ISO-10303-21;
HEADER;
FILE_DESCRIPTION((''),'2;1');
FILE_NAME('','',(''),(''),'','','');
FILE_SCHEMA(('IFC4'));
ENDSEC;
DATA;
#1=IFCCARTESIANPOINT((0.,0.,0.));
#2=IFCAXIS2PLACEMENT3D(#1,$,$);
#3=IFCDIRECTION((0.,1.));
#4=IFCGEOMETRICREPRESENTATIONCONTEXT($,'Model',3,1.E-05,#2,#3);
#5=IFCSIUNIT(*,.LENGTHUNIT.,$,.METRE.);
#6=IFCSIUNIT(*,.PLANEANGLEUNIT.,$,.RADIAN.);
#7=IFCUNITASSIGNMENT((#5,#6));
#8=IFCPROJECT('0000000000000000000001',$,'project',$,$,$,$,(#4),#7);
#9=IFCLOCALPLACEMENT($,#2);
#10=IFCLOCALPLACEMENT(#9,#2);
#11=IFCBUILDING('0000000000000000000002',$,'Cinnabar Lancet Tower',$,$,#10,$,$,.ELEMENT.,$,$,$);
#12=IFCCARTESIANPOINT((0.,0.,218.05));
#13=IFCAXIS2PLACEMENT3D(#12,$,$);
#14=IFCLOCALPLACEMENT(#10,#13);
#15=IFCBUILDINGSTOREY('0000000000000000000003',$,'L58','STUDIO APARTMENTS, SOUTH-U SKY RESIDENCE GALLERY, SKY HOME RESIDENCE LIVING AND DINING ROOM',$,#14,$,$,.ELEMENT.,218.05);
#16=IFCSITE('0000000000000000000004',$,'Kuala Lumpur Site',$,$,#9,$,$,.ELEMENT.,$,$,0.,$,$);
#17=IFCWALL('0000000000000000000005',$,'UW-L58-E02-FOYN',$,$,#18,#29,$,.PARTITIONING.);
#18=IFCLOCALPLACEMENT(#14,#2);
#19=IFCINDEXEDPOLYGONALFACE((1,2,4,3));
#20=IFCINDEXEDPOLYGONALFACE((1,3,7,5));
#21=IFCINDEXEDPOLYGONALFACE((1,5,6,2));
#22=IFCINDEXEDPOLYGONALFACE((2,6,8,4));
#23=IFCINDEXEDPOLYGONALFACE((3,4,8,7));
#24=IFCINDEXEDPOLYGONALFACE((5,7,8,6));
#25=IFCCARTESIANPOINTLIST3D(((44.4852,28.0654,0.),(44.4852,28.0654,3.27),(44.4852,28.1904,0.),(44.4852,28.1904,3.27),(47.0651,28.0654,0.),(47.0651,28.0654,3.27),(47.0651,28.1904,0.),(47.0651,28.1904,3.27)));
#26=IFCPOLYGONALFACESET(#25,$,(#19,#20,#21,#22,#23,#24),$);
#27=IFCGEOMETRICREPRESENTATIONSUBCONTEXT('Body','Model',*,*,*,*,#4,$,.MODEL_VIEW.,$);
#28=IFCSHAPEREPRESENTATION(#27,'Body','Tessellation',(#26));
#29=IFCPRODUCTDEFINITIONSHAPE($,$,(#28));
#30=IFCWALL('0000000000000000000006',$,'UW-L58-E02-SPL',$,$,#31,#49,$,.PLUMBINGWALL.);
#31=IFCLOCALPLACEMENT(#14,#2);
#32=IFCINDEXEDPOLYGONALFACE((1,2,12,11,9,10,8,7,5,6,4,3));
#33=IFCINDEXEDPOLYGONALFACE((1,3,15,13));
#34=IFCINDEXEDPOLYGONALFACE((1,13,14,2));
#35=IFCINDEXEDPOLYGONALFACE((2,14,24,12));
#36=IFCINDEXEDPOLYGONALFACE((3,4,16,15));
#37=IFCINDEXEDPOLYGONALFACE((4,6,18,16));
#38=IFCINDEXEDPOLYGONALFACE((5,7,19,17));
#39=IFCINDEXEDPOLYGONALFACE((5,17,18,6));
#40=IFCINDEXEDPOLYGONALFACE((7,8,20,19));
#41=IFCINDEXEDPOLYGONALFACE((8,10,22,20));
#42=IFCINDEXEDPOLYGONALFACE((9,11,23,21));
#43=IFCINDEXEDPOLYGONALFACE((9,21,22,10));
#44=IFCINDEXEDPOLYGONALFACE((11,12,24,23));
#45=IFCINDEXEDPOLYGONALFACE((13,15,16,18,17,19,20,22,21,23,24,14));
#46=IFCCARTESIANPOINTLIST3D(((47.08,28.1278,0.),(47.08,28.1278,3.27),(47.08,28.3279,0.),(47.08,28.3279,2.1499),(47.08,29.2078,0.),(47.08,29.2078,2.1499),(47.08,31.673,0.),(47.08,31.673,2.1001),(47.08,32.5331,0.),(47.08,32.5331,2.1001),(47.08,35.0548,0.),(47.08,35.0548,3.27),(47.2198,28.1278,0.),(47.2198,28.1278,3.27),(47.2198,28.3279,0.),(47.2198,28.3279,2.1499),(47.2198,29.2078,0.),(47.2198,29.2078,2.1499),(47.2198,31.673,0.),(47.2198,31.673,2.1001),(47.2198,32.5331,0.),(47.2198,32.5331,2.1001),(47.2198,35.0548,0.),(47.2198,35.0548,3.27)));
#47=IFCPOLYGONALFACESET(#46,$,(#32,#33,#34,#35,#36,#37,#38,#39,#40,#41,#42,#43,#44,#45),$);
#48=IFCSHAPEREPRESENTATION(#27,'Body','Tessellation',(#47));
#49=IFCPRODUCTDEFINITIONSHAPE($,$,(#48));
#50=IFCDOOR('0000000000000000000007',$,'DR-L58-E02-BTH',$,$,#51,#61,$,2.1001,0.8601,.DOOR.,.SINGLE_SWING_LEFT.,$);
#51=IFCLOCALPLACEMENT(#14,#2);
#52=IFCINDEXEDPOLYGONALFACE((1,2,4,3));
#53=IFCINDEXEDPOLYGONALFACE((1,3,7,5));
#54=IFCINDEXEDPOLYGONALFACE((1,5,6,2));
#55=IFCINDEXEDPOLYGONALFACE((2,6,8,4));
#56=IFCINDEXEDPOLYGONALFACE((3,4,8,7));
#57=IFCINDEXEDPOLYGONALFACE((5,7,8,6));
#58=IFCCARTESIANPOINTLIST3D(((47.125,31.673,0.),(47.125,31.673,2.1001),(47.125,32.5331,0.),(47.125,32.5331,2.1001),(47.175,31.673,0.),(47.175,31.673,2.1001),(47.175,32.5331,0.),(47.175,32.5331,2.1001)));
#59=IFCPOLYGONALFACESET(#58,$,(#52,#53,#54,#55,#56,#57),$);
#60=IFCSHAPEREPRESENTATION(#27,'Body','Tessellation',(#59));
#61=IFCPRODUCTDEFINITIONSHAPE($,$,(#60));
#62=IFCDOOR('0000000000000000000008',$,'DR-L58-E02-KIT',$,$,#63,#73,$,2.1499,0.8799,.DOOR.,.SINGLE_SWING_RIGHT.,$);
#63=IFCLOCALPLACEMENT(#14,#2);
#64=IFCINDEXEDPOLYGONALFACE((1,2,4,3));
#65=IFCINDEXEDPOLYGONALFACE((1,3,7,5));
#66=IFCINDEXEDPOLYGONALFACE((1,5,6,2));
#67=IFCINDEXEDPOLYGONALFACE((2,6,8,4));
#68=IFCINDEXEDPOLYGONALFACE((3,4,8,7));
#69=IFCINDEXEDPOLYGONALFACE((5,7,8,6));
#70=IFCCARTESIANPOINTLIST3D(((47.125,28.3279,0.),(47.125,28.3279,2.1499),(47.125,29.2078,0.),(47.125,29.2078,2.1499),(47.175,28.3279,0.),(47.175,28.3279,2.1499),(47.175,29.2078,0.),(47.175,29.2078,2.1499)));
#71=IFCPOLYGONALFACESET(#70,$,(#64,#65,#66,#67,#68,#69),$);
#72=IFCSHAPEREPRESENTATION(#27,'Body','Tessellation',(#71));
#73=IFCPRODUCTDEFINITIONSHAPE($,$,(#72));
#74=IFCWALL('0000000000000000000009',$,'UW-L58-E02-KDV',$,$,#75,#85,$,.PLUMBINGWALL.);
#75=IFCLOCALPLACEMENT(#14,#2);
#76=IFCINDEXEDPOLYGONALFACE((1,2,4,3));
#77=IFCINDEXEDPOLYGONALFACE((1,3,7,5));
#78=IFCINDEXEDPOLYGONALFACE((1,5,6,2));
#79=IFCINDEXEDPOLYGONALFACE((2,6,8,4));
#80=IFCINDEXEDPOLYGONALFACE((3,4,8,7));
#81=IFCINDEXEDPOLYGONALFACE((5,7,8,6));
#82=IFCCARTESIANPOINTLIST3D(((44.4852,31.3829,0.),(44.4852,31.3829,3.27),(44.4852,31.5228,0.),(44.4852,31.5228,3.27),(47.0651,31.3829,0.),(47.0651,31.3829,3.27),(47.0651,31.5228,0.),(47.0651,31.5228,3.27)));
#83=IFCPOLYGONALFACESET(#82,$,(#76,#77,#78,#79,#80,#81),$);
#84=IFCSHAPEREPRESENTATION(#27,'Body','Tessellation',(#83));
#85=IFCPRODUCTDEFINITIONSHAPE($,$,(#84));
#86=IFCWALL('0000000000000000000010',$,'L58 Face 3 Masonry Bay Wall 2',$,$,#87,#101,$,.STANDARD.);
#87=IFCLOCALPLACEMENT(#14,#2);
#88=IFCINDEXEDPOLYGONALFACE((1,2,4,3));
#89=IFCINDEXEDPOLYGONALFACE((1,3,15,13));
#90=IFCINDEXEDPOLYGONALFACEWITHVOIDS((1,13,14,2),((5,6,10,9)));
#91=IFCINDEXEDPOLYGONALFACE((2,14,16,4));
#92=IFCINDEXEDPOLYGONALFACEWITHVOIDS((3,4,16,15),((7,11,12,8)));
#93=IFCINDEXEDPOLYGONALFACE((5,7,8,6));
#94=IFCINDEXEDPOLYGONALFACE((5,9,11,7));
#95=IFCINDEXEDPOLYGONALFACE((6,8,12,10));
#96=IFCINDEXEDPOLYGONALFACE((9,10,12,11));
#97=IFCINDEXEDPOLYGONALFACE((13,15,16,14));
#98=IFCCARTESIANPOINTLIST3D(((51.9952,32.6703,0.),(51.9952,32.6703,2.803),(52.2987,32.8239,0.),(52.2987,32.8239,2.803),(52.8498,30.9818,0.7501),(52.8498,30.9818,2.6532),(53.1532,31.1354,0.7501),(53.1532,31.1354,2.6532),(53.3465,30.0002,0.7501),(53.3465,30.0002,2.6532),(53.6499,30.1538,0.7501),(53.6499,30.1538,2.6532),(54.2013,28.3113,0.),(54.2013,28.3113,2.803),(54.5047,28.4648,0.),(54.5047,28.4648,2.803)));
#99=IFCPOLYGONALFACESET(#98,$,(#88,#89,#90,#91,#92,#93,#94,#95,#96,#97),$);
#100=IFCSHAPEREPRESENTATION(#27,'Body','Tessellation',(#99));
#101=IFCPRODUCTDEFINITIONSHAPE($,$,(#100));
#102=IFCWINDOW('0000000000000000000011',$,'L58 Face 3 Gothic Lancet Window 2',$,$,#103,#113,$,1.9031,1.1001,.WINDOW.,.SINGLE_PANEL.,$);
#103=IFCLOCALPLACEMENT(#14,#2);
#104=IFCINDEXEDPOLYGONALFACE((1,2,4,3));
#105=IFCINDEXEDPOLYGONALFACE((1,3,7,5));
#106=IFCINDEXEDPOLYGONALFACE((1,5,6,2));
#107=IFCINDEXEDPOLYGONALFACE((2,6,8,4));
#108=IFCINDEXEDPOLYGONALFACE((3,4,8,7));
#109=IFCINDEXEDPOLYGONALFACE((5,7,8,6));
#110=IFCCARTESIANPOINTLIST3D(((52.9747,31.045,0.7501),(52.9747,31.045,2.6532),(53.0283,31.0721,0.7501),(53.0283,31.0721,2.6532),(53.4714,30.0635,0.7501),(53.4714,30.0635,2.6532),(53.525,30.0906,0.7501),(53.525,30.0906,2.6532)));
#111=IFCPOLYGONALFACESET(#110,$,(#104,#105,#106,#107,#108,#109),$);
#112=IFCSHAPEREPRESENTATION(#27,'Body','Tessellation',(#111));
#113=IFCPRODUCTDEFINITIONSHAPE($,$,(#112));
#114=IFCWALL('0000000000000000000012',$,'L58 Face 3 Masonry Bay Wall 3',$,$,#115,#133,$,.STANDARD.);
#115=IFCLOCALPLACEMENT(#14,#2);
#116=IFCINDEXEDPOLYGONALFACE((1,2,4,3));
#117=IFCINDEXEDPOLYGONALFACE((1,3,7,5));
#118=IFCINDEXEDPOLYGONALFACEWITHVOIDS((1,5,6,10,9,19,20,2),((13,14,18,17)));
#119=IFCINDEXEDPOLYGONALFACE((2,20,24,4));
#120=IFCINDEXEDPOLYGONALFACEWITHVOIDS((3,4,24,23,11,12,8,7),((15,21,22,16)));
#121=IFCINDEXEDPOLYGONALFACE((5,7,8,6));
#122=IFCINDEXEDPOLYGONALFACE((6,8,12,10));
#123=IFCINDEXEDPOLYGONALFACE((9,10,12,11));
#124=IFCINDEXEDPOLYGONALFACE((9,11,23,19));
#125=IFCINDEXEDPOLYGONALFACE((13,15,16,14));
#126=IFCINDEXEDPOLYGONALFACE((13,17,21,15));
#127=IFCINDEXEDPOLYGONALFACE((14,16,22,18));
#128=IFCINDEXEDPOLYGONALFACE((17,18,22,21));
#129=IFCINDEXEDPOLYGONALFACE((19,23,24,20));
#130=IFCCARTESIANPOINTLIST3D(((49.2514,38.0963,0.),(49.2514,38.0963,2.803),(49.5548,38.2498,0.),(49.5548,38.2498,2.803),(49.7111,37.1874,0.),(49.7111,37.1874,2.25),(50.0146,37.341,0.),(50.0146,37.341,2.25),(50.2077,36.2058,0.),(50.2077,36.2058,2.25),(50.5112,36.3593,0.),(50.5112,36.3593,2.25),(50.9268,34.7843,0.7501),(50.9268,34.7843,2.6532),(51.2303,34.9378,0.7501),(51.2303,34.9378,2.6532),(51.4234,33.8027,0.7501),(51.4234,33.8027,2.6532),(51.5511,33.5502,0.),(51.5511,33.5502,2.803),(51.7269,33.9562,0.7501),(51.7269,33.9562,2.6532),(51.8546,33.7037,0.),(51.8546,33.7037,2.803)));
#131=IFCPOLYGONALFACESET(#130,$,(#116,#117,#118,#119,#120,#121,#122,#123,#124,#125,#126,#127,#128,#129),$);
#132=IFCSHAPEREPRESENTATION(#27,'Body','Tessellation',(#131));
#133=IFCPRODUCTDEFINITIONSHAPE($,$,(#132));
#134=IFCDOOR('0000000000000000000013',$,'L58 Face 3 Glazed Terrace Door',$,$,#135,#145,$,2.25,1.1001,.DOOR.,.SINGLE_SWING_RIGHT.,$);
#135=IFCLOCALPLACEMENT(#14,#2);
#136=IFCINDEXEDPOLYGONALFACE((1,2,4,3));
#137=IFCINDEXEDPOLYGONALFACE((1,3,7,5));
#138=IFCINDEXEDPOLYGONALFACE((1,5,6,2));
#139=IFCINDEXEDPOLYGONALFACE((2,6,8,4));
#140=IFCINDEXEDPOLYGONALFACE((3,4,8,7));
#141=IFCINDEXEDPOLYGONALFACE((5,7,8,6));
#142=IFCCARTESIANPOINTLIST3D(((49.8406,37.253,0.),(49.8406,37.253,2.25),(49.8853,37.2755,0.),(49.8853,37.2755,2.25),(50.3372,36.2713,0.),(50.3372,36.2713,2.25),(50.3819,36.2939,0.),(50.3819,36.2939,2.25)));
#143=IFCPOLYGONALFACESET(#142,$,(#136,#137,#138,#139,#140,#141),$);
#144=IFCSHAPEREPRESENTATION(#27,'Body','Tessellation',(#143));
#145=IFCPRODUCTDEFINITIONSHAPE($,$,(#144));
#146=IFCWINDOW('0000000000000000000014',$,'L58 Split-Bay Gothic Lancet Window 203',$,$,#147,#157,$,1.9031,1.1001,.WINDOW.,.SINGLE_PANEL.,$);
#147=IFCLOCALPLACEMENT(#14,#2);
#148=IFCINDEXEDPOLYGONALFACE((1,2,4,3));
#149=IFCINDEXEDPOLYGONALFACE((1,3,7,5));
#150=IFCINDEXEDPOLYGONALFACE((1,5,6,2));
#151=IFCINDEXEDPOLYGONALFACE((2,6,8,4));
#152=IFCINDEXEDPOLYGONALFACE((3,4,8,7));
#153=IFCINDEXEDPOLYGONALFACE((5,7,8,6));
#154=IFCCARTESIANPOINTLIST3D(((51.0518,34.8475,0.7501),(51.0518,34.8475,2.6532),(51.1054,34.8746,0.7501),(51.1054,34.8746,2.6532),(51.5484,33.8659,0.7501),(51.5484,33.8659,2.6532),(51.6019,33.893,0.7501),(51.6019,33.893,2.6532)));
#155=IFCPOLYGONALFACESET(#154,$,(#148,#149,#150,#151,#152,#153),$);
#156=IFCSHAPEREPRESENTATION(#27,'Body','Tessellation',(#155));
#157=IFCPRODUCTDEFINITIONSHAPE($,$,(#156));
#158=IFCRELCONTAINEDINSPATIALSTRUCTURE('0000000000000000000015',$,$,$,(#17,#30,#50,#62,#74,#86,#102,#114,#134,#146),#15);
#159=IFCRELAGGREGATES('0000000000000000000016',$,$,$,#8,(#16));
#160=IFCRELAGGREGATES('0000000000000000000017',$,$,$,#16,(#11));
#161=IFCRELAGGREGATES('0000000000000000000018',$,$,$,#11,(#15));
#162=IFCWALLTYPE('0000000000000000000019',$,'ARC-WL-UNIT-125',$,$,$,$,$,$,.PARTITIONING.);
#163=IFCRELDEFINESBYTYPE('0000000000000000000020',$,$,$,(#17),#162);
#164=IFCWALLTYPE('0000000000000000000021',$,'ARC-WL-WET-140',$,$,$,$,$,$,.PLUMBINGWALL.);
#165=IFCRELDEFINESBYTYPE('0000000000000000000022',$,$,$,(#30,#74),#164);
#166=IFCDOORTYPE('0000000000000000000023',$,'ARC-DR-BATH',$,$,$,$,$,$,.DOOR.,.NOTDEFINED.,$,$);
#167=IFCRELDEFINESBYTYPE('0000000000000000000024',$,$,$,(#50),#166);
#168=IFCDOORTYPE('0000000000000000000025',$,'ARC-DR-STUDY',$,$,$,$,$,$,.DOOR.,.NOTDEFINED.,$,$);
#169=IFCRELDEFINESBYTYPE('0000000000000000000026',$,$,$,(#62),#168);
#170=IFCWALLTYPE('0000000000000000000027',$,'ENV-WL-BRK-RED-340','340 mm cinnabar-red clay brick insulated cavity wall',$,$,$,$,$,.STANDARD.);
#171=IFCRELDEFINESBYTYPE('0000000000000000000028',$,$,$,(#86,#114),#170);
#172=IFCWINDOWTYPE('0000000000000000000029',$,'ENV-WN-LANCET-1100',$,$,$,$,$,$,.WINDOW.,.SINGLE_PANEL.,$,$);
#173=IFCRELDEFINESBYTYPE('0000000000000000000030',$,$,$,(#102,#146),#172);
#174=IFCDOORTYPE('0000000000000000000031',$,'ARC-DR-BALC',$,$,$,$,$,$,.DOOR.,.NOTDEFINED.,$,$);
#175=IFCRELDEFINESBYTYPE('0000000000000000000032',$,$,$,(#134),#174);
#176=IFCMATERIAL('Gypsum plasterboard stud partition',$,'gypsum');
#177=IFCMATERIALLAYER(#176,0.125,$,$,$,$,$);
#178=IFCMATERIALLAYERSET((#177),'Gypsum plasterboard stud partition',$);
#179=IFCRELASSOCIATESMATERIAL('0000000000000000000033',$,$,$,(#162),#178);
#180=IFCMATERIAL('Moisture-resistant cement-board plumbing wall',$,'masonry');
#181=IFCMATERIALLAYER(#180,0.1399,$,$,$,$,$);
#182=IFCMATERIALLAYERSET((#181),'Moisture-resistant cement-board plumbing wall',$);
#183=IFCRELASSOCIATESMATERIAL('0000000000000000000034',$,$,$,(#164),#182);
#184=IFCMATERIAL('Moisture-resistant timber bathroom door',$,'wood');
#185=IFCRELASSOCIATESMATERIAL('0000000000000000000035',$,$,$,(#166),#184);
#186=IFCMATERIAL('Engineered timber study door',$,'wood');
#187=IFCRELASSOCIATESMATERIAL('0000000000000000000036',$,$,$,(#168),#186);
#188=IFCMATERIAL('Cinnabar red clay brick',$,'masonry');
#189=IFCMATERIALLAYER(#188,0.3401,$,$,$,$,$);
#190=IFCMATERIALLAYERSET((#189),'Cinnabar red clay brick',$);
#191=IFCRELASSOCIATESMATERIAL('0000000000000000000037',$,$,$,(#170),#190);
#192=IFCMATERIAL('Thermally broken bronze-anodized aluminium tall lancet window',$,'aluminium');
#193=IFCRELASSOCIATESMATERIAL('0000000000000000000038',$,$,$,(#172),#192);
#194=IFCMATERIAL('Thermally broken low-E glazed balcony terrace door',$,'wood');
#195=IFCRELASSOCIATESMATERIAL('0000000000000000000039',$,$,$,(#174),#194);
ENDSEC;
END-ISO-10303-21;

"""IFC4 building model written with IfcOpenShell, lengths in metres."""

from ifc_helpers import new_model, si_unit, direction, frame, frame_2d, origin, place, context, subcontext, project, spatial, rectangle, extrude, material, layer, layer_set, type_object, element, fill, save


model = new_model("IFC4")

# Units and contexts
model_context = context("Model", 3, precision=1e-05, world=origin(), true_north=direction((0.0, 1.0)))
body_context = subcontext(model_context, "Body", "Model", "MODEL_VIEW")
ifc_project = project(units=[si_unit("LENGTHUNIT", "METRE"), si_unit("PLANEANGLEUNIT", "RADIAN")], contexts=[model_context])

# Site, building, storey
site_placement = place(None, origin())
site = spatial("IfcSite", under=ifc_project, at=site_placement, Name="Kuala Lumpur Site", CompositionType="ELEMENT", RefElevation=0.0)
building_placement = place(site_placement, origin())
building = spatial("IfcBuilding", under=site, at=building_placement, Name="Cinnabar Lancet Tower", CompositionType="ELEMENT")
storey_placement = place(building_placement, frame((0.0, 0.0, 218.05)))
storey = spatial("IfcBuildingStorey", under=building, at=storey_placement, Name="L58", Description="STUDIO APARTMENTS, SOUTH-U SKY RESIDENCE GALLERY, SKY HOME RESIDENCE LIVING AND DINING ROOM", CompositionType="ELEMENT", Elevation=218.05)

# Wall
ifc_material_1 = material(Name="Gypsum plasterboard stud partition", Category="gypsum")
ifc_layer_1 = layer(ifc_material_1, 0.125)
ifc_layer_set_1 = layer_set([ifc_layer_1], Name="Gypsum plasterboard stud partition")
wall_type_1 = type_object("IfcWallType", Name="ARC-WL-UNIT-125", PredefinedType="PARTITIONING", material=ifc_layer_set_1)
wall_1_placement = place(storey_placement, frame((44.4851, 28.1279, 0.0), z_axis=(0.0, 0.0, 1.0), x_axis=(1.0, 0.0, 0.0)))
element("IfcWall", 1, at=wall_1_placement, inside=storey, type_object=wall_type_1, Name="UW-L58-E02-FOYN", PredefinedType="PARTITIONING", context=body_context, shape_type="SweptSolid", body=[
    extrude(rectangle(XDim=2.5798, YDim=0.125, at=frame_2d((1.29, 0.0))), origin(), (0.0, 0.0, 1.0), 3.27),
])

# Wall, openings, doors
ifc_material_2 = material(Name="Moisture-resistant cement-board plumbing wall", Category="masonry")
ifc_layer_2 = layer(ifc_material_2, 0.1399)
ifc_layer_set_2 = layer_set([ifc_layer_2], Name="Moisture-resistant cement-board plumbing wall")
wall_type_2 = type_object("IfcWallType", Name="ARC-WL-WET-140", PredefinedType="PLUMBINGWALL", material=ifc_layer_set_2)
wall_2_placement = place(storey_placement, frame((47.1499, 28.1279, 0.0), z_axis=(0.0, 0.0, 1.0), x_axis=(0.0, 1.0, 0.0)))
wall_2 = element("IfcWall", 2, at=wall_2_placement, inside=storey, type_object=wall_type_2, Name="UW-L58-E02-SPL", PredefinedType="PLUMBINGWALL", context=body_context, shape_type="SweptSolid", body=[
    extrude(rectangle(XDim=6.927, YDim=0.1399, at=frame_2d((3.4634, 0.0))), origin(), (0.0, 0.0, 1.0), 3.27),
])
opening_1_placement = place(wall_2_placement, frame((3.5449, 0.0, 0.0)))
opening_1 = element("IfcOpeningElement", 3, at=opening_1_placement, cuts=wall_2, PredefinedType="OPENING", context=body_context, shape_type="SweptSolid", body=[
    extrude(rectangle(XDim=0.8601, YDim=2.1001, at=frame_2d((0.4302, 1.05))), frame((0.0, 0.0798, 0.0), z_axis=(0.0, -1.0, 0.0), x_axis=(1.0, 0.0, 0.0)), (0.0, 0.0, 1.0), 0.1599),
])
opening_2_placement = place(wall_2_placement, frame((0.2, 0.0, 0.0)))
opening_2 = element("IfcOpeningElement", 4, at=opening_2_placement, cuts=wall_2, PredefinedType="OPENING", context=body_context, shape_type="SweptSolid", body=[
    extrude(rectangle(XDim=0.8799, YDim=2.1499, at=frame_2d((0.4399, 1.075))), frame((0.0, 0.0798, 0.0), z_axis=(0.0, -1.0, 0.0), x_axis=(1.0, 0.0, 0.0)), (0.0, 0.0, 1.0), 0.1599),
])
ifc_material_3 = material(Name="Moisture-resistant timber bathroom door", Category="wood")
door_type_1 = type_object("IfcDoorType", Name="ARC-DR-BATH", OperationType="NOTDEFINED", PredefinedType="DOOR", material=ifc_material_3)
door_1_placement = place(opening_1_placement, origin())
door_1 = element("IfcDoor", 5, at=door_1_placement, inside=storey, type_object=door_type_1, Name="DR-L58-E02-BTH", OperationType="SINGLE_SWING_LEFT", OverallHeight=2.1001, OverallWidth=0.8601, PredefinedType="DOOR", context=body_context, shape_type="SweptSolid", body=[
    extrude(rectangle(XDim=0.8601, YDim=2.1001, at=frame_2d((0.4302, 1.05))), frame((0.0, 0.0249, 0.0), z_axis=(0.0, -1.0, 0.0), x_axis=(1.0, 0.0, 0.0)), (0.0, 0.0, 1.0), 0.05),
])
fill(opening_1, door_1)
ifc_material_4 = material(Name="Engineered timber study door", Category="wood")
door_type_2 = type_object("IfcDoorType", Name="ARC-DR-STUDY", OperationType="NOTDEFINED", PredefinedType="DOOR", material=ifc_material_4)
door_2_placement = place(opening_2_placement, origin())
door_2 = element("IfcDoor", 6, at=door_2_placement, inside=storey, type_object=door_type_2, Name="DR-L58-E02-KIT", OperationType="SINGLE_SWING_RIGHT", OverallHeight=2.1499, OverallWidth=0.8799, PredefinedType="DOOR", context=body_context, shape_type="SweptSolid", body=[
    extrude(rectangle(XDim=0.8799, YDim=2.1499, at=frame_2d((0.4399, 1.075))), frame((0.0, 0.0249, 0.0), z_axis=(0.0, -1.0, 0.0), x_axis=(1.0, 0.0, 0.0)), (0.0, 0.0, 1.0), 0.05),
])
fill(opening_2, door_2)

# Wall
wall_3_placement = place(storey_placement, frame((44.4851, 31.4529, 0.0), z_axis=(0.0, 0.0, 1.0), x_axis=(1.0, 0.0, 0.0)))
element("IfcWall", 7, at=wall_3_placement, inside=storey, type_object=wall_type_2, Name="UW-L58-E02-KDV", PredefinedType="PLUMBINGWALL", context=body_context, shape_type="SweptSolid", body=[
    extrude(rectangle(XDim=2.5798, YDim=0.1399, at=frame_2d((1.29, 0.0))), origin(), (0.0, 0.0, 1.0), 3.27),
])

# Wall, opening, window
ifc_material_5 = material(Name="Cinnabar red clay brick", Category="masonry")
ifc_layer_3 = layer(ifc_material_5, 0.3401)
ifc_layer_set_3 = layer_set([ifc_layer_3], Name="Cinnabar red clay brick")
wall_type_3 = type_object("IfcWallType", Name="ENV-WL-BRK-RED-340", Description="340 mm cinnabar-red clay brick insulated cavity wall", PredefinedType="STANDARD", material=ifc_layer_set_3)
wall_4_placement = place(storey_placement, frame((54.353, 28.3879, 0.0), z_axis=(0.0, 0.0, 1.0), x_axis=(-0.451546, 0.892248, 0.0)))
wall_4 = element("IfcWall", 8, at=wall_4_placement, inside=storey, type_object=wall_type_3, Name="L58 Face 3 Masonry Bay Wall 2", PredefinedType="STANDARD", context=body_context, shape_type="SweptSolid", body=[
    extrude(rectangle(XDim=4.8855, YDim=0.3401, at=frame_2d((2.4429, 0.0))), origin(), (0.0, 0.0, 1.0), 2.803),
])
opening_3_placement = place(wall_4_placement, frame((1.8931, 0.0, 0.75)))
opening_3 = element("IfcOpeningElement", 9, at=opening_3_placement, cuts=wall_4, PredefinedType="OPENING", context=body_context, shape_type="SweptSolid", body=[
    extrude(rectangle(XDim=1.1001, YDim=1.9031, at=frame_2d((0.55, 0.9517))), frame((0.0, 0.1799, 0.0), z_axis=(0.0, -1.0, 0.0), x_axis=(1.0, 0.0, 0.0)), (0.0, 0.0, 1.0), 0.3601),
])
ifc_material_6 = material(Name="Thermally broken bronze-anodized aluminium tall lancet window", Category="aluminium")
window_type = type_object("IfcWindowType", Name="ENV-WN-LANCET-1100", PartitioningType="SINGLE_PANEL", PredefinedType="WINDOW", material=ifc_material_6)
window_1_placement = place(opening_3_placement, origin())
window_1 = element("IfcWindow", 10, at=window_1_placement, inside=storey, type_object=window_type, Name="L58 Face 3 Gothic Lancet Window 2", OverallHeight=1.9031, OverallWidth=1.1001, PartitioningType="SINGLE_PANEL", PredefinedType="WINDOW", context=body_context, shape_type="SweptSolid", body=[
    extrude(rectangle(XDim=1.1001, YDim=1.9031, at=frame_2d((0.55, 0.9517))), frame((0.0, 0.03, 0.0), z_axis=(0.0, -1.0, 0.0), x_axis=(1.0, 0.0, 0.0)), (0.0, 0.0, 1.0), 0.0601),
])
fill(opening_3, window_1)

# Wall, openings, door, window
wall_5_placement = place(storey_placement, frame((51.7029, 33.627, 0.0), z_axis=(0.0, 0.0, 1.0), x_axis=(-0.451406, 0.892318, 0.0)))
wall_5 = element("IfcWall", 11, at=wall_5_placement, inside=storey, type_object=wall_type_3, Name="L58 Face 3 Masonry Bay Wall 3", PredefinedType="STANDARD", context=body_context, shape_type="SweptSolid", body=[
    extrude(rectangle(XDim=5.0947, YDim=0.3401, at=frame_2d((2.5474, 0.0))), origin(), (0.0, 0.0, 1.0), 2.803),
])
opening_4_placement = place(wall_5_placement, frame((2.9761, 0.0, 0.0)))
opening_4 = element("IfcOpeningElement", 12, at=opening_4_placement, cuts=wall_5, PredefinedType="OPENING", context=body_context, shape_type="SweptSolid", body=[
    extrude(rectangle(XDim=1.1001, YDim=2.25, at=frame_2d((0.55, 1.125))), frame((0.0, 0.1799, 0.0), z_axis=(0.0, -1.0, 0.0), x_axis=(1.0, 0.0, 0.0)), (0.0, 0.0, 1.0), 0.3601),
])
opening_5_placement = place(wall_5_placement, frame((0.283, 0.0, 0.75)))
opening_5 = element("IfcOpeningElement", 13, at=opening_5_placement, cuts=wall_5, PredefinedType="OPENING", context=body_context, shape_type="SweptSolid", body=[
    extrude(rectangle(XDim=1.1001, YDim=1.9031, at=frame_2d((0.55, 0.9517))), frame((0.0, 0.1799, 0.0), z_axis=(0.0, -1.0, 0.0), x_axis=(1.0, 0.0, 0.0)), (0.0, 0.0, 1.0), 0.3601),
])
ifc_material_7 = material(Name="Thermally broken low-E glazed balcony terrace door", Category="wood")
door_type_3 = type_object("IfcDoorType", Name="ARC-DR-BALC", OperationType="NOTDEFINED", PredefinedType="DOOR", material=ifc_material_7)
door_3_placement = place(opening_4_placement, origin())
door_3 = element("IfcDoor", 14, at=door_3_placement, inside=storey, type_object=door_type_3, Name="L58 Face 3 Glazed Terrace Door", OperationType="SINGLE_SWING_RIGHT", OverallHeight=2.25, OverallWidth=1.1001, PredefinedType="DOOR", context=body_context, shape_type="SweptSolid", body=[
    extrude(rectangle(XDim=1.1001, YDim=2.25, at=frame_2d((0.55, 1.125))), frame((0.0, 0.0249, 0.0), z_axis=(0.0, -1.0, 0.0), x_axis=(1.0, 0.0, 0.0)), (0.0, 0.0, 1.0), 0.05),
])
fill(opening_4, door_3)
window_2_placement = place(opening_5_placement, origin())
window_2 = element("IfcWindow", 15, at=window_2_placement, inside=storey, type_object=window_type, Name="L58 Split-Bay Gothic Lancet Window 203", OverallHeight=1.9031, OverallWidth=1.1001, PartitioningType="SINGLE_PANEL", PredefinedType="WINDOW", context=body_context, shape_type="SweptSolid", body=[
    extrude(rectangle(XDim=1.1001, YDim=1.9031, at=frame_2d((0.55, 0.9517))), frame((0.0, 0.03, 0.0), z_axis=(0.0, -1.0, 0.0), x_axis=(1.0, 0.0, 0.0)), (0.0, 0.0, 1.0), 0.0601),
])
fill(opening_5, window_2)

save(model, "model.ifc")
